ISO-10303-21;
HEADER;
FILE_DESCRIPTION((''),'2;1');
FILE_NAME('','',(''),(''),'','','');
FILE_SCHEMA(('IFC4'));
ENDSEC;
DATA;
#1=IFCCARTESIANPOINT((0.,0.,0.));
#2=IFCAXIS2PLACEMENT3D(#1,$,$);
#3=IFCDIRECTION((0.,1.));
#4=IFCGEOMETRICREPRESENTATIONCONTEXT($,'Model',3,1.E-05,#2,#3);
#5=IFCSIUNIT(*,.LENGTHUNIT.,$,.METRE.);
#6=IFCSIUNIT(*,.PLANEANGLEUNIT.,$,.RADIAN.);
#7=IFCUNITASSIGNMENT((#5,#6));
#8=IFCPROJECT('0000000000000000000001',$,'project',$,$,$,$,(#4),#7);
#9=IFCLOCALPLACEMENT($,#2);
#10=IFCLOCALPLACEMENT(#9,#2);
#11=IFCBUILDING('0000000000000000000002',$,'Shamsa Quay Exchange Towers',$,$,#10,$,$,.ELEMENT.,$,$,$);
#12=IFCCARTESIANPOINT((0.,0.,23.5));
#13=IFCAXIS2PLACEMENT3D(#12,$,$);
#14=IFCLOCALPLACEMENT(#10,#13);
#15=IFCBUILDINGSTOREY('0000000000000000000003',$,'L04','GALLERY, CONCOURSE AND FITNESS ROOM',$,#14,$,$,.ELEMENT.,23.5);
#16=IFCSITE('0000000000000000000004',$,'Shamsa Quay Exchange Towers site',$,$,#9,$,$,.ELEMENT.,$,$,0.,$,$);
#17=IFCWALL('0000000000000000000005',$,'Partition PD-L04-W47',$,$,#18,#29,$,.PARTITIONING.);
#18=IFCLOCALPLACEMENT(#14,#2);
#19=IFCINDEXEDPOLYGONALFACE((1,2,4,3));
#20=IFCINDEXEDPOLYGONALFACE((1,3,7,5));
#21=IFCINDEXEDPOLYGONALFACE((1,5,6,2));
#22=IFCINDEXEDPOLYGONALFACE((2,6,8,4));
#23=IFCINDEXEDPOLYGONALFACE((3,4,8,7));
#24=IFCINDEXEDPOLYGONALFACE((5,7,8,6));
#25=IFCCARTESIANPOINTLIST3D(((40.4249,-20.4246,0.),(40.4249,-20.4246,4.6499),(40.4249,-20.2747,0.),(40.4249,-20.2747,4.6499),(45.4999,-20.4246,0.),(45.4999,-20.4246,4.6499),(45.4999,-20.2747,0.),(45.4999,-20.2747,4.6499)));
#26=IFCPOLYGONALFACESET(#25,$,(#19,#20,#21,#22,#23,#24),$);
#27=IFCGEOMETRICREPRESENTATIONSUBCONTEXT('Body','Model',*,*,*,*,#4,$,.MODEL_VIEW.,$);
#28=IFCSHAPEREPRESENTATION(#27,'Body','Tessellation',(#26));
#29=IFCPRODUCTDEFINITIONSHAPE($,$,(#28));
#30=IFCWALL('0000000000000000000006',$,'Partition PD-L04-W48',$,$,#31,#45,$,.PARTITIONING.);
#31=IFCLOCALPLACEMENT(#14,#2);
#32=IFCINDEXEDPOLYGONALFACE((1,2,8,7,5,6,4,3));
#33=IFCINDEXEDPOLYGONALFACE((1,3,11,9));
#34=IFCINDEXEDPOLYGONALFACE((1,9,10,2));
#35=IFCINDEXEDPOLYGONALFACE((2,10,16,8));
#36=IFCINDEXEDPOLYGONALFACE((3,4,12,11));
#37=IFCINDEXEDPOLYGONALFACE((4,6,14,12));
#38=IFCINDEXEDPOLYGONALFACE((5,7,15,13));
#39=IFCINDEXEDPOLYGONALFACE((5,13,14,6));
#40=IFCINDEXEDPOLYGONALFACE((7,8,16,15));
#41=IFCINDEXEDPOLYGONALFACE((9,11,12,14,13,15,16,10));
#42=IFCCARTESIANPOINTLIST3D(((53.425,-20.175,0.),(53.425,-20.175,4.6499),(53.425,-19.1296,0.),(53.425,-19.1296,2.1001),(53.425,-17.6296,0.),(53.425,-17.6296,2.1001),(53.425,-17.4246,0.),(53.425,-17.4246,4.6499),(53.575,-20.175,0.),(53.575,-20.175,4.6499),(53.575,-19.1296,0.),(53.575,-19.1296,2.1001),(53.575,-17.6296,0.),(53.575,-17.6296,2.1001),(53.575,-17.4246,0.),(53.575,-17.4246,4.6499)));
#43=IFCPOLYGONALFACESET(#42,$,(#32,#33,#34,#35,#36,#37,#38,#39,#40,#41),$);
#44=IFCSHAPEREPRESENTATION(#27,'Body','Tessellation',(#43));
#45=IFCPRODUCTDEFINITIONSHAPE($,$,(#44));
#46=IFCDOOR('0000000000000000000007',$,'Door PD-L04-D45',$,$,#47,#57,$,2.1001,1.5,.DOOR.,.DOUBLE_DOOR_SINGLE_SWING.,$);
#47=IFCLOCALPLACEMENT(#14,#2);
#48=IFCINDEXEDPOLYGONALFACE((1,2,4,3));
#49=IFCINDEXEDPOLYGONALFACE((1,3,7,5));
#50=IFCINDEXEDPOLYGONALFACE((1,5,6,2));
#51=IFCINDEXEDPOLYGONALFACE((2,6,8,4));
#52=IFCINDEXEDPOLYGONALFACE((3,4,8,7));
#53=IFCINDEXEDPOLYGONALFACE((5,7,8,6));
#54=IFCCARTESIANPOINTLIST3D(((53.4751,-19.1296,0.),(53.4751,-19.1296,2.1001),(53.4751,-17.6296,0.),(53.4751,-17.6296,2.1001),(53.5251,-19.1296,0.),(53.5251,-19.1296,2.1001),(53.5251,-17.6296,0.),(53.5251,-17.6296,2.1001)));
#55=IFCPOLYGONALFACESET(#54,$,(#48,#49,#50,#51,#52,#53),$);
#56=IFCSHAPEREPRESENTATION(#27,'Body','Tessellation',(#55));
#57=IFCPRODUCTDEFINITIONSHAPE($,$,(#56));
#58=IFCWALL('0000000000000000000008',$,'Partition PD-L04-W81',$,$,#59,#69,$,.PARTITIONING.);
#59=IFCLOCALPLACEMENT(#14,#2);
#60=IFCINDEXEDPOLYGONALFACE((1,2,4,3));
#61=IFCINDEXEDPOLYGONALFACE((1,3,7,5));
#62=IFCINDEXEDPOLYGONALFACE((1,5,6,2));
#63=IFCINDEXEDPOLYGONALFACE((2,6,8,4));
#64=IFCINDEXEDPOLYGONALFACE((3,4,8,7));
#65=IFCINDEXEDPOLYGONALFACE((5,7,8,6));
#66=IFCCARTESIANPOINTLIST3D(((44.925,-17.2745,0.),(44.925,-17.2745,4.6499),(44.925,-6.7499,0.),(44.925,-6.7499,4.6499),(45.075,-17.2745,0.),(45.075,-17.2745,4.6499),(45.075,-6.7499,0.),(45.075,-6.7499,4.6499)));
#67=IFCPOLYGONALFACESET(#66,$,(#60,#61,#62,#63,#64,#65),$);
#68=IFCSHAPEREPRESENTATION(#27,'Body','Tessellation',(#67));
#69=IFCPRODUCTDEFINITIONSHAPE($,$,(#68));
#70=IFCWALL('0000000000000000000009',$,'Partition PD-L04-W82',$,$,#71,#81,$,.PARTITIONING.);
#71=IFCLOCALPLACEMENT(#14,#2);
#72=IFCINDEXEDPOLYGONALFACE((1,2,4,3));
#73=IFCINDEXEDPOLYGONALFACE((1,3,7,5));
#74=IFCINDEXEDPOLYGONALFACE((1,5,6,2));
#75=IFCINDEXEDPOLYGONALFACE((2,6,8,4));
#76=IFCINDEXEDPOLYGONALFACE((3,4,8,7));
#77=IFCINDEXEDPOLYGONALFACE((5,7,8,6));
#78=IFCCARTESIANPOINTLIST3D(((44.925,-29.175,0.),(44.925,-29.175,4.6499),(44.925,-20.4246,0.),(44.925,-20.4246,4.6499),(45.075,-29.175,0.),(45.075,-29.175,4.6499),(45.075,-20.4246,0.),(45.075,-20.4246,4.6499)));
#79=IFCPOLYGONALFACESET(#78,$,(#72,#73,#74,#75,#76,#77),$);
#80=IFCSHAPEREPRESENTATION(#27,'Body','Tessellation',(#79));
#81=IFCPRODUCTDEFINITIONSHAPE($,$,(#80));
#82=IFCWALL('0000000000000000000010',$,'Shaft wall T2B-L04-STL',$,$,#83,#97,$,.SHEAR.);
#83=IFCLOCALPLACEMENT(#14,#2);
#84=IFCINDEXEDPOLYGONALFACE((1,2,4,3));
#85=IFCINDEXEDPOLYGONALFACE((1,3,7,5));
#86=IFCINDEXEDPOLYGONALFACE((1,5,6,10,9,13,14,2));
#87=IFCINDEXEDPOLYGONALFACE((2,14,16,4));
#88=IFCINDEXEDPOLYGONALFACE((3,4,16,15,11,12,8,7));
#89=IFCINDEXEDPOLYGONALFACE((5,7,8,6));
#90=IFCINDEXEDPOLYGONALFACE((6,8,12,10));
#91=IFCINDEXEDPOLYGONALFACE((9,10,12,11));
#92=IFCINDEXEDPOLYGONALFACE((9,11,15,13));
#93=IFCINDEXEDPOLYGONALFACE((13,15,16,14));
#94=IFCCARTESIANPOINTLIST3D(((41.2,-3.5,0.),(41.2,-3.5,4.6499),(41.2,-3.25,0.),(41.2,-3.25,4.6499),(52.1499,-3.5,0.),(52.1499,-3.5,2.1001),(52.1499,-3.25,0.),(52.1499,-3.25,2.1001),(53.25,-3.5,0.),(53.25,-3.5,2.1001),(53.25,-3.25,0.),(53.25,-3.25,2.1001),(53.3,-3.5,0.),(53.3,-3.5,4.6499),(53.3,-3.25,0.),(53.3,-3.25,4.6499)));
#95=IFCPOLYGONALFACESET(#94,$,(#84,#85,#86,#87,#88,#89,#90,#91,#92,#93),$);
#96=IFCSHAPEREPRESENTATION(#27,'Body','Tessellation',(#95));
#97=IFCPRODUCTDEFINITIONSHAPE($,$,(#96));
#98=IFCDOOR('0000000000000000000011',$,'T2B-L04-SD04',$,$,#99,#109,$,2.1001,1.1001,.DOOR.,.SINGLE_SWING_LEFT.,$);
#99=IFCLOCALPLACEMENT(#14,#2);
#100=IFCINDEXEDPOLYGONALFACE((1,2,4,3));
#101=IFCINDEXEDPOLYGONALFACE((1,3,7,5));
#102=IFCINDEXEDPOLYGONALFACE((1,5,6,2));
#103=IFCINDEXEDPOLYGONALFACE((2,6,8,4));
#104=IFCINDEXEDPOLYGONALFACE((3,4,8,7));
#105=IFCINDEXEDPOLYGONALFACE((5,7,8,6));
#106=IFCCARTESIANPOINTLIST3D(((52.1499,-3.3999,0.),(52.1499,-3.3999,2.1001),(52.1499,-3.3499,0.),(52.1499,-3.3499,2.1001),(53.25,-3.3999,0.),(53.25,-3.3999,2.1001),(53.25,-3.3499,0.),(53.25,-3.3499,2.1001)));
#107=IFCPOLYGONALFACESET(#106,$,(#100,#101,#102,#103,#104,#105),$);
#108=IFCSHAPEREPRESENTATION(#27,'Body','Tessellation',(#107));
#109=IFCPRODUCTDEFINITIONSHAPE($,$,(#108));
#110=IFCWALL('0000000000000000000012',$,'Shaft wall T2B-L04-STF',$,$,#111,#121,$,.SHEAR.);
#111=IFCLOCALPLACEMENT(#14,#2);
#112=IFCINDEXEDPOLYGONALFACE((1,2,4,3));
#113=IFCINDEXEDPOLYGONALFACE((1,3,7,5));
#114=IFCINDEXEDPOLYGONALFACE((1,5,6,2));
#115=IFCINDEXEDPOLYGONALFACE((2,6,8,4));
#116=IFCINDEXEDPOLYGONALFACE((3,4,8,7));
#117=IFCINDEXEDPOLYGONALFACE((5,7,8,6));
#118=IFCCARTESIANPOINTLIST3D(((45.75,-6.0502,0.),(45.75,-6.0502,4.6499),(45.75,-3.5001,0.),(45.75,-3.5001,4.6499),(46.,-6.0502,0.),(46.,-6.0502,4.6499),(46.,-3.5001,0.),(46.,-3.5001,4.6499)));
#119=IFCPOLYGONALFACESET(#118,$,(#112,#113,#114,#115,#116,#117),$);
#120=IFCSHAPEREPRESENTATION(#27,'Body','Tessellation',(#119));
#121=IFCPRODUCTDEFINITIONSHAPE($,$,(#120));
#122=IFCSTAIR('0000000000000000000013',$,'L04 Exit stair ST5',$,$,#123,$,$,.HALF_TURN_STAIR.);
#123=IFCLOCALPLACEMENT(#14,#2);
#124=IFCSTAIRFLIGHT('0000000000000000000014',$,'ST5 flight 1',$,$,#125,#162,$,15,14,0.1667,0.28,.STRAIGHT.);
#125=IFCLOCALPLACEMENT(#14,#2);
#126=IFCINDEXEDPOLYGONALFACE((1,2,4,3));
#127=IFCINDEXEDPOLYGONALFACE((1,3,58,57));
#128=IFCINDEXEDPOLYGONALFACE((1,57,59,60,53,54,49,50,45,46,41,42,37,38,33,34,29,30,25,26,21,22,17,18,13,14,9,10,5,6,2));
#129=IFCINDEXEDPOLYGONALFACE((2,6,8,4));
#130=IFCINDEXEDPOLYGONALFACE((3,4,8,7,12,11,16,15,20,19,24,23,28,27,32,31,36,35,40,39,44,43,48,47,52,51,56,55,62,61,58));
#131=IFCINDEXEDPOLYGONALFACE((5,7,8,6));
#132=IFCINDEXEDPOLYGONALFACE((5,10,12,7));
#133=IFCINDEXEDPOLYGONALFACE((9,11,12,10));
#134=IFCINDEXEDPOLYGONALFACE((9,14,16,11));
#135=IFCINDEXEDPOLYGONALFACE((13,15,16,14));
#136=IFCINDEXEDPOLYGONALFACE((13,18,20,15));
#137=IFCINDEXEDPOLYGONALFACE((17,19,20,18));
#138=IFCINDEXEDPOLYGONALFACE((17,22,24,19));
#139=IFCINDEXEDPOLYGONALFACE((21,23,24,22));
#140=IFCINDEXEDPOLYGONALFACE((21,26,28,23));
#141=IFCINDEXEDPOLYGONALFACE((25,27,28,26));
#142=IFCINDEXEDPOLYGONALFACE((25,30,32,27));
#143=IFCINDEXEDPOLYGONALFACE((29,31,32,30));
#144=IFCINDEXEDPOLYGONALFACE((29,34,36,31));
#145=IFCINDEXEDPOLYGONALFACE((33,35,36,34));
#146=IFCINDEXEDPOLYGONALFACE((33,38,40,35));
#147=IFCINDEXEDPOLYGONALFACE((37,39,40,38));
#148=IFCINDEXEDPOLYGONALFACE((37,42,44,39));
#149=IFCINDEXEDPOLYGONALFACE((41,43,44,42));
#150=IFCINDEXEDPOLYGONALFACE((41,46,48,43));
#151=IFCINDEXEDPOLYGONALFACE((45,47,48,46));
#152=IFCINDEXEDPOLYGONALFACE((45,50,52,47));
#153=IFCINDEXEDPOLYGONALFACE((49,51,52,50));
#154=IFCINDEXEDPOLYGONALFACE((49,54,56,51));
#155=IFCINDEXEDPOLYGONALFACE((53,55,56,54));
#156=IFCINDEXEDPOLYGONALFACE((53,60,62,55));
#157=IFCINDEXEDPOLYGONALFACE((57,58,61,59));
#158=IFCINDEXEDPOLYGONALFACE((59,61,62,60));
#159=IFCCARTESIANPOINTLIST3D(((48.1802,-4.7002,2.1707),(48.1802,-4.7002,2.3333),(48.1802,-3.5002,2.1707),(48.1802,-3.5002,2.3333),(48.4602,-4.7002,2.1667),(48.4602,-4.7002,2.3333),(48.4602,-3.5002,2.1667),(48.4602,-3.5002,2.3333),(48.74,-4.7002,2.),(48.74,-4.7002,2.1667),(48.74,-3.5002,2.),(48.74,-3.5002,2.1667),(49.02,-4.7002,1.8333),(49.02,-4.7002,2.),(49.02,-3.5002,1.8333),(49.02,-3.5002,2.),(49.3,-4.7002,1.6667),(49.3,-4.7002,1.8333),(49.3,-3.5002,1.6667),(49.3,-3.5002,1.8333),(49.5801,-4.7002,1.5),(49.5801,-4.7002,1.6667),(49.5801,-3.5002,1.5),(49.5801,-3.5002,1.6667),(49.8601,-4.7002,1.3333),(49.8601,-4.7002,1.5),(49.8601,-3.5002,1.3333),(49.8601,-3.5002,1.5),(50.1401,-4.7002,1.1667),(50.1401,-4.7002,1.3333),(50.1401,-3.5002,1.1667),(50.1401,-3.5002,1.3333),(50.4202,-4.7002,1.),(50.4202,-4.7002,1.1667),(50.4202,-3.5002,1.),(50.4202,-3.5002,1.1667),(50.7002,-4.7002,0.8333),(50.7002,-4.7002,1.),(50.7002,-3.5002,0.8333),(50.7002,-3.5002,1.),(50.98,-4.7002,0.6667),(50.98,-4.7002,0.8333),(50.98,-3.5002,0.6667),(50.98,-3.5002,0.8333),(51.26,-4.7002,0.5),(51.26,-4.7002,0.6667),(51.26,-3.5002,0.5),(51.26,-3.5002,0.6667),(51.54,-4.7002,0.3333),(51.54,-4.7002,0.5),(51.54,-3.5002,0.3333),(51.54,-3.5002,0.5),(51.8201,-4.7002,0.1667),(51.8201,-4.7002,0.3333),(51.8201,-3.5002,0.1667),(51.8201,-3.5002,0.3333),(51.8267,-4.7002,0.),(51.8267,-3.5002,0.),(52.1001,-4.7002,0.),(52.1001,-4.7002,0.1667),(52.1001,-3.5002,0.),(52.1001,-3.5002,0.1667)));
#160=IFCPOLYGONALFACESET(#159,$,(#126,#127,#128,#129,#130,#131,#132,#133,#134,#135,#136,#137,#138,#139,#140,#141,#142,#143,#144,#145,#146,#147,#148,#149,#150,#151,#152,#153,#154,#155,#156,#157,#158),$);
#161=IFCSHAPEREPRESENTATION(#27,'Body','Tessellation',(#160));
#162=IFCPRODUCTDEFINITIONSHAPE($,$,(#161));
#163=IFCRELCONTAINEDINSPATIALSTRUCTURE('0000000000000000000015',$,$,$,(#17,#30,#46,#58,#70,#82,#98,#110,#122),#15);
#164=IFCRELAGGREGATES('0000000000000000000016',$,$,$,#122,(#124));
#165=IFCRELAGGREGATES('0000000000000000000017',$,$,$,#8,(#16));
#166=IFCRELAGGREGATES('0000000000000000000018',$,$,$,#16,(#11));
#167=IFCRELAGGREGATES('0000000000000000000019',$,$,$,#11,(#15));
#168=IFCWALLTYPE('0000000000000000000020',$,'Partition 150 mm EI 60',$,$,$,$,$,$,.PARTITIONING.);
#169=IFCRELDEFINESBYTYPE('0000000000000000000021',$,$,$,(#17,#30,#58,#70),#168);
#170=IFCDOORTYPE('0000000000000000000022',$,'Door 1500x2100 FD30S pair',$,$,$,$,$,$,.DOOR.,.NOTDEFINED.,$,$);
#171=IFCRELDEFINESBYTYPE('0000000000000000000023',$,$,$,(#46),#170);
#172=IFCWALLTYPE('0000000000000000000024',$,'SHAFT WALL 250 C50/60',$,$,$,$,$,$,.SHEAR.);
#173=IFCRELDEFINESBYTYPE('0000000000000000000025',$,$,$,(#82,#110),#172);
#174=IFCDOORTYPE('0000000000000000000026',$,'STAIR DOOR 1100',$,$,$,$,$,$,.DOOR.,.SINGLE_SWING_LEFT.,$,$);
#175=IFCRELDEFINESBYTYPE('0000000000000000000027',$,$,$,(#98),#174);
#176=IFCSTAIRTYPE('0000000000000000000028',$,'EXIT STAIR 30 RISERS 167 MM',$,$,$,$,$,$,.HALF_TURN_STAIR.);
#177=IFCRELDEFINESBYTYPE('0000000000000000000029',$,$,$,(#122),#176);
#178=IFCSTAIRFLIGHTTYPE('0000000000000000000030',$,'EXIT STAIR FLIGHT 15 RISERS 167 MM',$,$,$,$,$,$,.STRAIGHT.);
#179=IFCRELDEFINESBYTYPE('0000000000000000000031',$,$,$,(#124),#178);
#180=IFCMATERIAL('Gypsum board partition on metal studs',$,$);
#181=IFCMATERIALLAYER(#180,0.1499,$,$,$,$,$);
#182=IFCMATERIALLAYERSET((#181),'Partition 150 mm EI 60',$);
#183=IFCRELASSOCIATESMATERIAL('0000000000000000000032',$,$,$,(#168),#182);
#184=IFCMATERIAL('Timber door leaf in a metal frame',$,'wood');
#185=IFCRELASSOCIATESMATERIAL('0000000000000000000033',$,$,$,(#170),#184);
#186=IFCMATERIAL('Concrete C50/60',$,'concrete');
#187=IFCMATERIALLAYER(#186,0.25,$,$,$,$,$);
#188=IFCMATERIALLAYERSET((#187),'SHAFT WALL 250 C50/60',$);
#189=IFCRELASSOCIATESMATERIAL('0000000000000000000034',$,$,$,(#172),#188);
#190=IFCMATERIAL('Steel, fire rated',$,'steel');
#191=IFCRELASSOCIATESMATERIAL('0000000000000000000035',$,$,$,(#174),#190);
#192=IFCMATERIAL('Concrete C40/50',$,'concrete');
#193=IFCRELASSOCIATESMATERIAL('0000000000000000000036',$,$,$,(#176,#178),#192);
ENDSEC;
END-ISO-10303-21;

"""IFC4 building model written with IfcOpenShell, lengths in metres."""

from ifc_helpers import new_model, si_unit, direction, frame, frame_2d, origin, place, context, subcontext, project, spatial, polyline, rectangle, outline, extrude, material, layer, layer_set, type_object, element, fill, aggregate, save


model = new_model("IFC4")

# Units and contexts
model_context = context("Model", 3, precision=1e-05, world=origin(), true_north=direction((0.0, 1.0)))
body_context = subcontext(model_context, "Body", "Model", "MODEL_VIEW")
ifc_project = project(units=[si_unit("LENGTHUNIT", "METRE"), si_unit("PLANEANGLEUNIT", "RADIAN")], contexts=[model_context])

# Site, building, storey
site_placement = place(None, origin())
site = spatial("IfcSite", under=ifc_project, at=site_placement, Name="Shamsa Quay Exchange Towers site", CompositionType="ELEMENT", RefElevation=0.0)
building_placement = place(site_placement, origin())
building = spatial("IfcBuilding", under=site, at=building_placement, Name="Shamsa Quay Exchange Towers", CompositionType="ELEMENT")
storey_placement = place(building_placement, frame((0.0, 0.0, 23.5)))
storey = spatial("IfcBuildingStorey", under=building, at=storey_placement, Name="L04", Description="GALLERY, CONCOURSE AND FITNESS ROOM", CompositionType="ELEMENT", Elevation=23.5)

# Shared definitions
ifc_material_1 = material(Name="Steel, fire rated", Category="steel")

# Shared definitions
ifc_material_2 = material(Name="Timber door leaf in a metal frame", Category="wood")

# Shared definitions
ifc_material_3 = material(Name="Gypsum board partition on metal studs")
ifc_layer_1 = layer(ifc_material_3, 0.1499)
ifc_layer_set_1 = layer_set([ifc_layer_1], Name="Partition 150 mm EI 60")
wall_type_1 = type_object("IfcWallType", Name="Partition 150 mm EI 60", PredefinedType="PARTITIONING", material=ifc_layer_set_1)
door_type_1 = type_object("IfcDoorType", Name="Door 1500x2100 FD30S pair", OperationType="NOTDEFINED", PredefinedType="DOOR", material=ifc_material_2)

# Wall
wall_1_placement = place(storey_placement, frame((45.5, -20.3496, 0.0), z_axis=(0.0, 0.0, 1.0), x_axis=(-1.0, 0.0, 0.0)))
element("IfcWall", 1, at=wall_1_placement, inside=storey, type_object=wall_type_1, Name="Partition PD-L04-W47", PredefinedType="PARTITIONING", context=body_context, shape_type="SweptSolid", body=[
    extrude(rectangle(XDim=5.075, YDim=0.1499, at=frame_2d((2.5376, 0.0))), origin(), (0.0, 0.0, 1.0), 4.6499),
])

# Wall, opening, door
wall_2_placement = place(storey_placement, frame((53.5, -20.175, 0.0), z_axis=(0.0, 0.0, 1.0), x_axis=(0.0, 1.0, 0.0)))
wall_2 = element("IfcWall", 2, at=wall_2_placement, inside=storey, type_object=wall_type_1, Name="Partition PD-L04-W48", PredefinedType="PARTITIONING", context=body_context, shape_type="SweptSolid", body=[
    extrude(rectangle(XDim=2.7505, YDim=0.1499, at=frame_2d((1.3752, 0.0))), origin(), (0.0, 0.0, 1.0), 4.6499),
])
opening_1_placement = place(wall_2_placement, frame((1.0454, 0.0, 0.0)))
opening_1 = element("IfcOpeningElement", 3, at=opening_1_placement, cuts=wall_2, PredefinedType="OPENING", context=body_context, shape_type="SweptSolid", body=[
    extrude(rectangle(XDim=1.5, YDim=2.1001, at=frame_2d((0.75, 1.05))), frame((0.0, 0.085, 0.0), z_axis=(0.0, -1.0, 0.0), x_axis=(1.0, 0.0, 0.0)), (0.0, 0.0, 1.0), 0.1699),
])
door_1_placement = place(opening_1_placement, origin())
door_1 = element("IfcDoor", 4, at=door_1_placement, inside=storey, type_object=door_type_1, Name="Door PD-L04-D45", OperationType="DOUBLE_DOOR_SINGLE_SWING", OverallHeight=2.1001, OverallWidth=1.5, PredefinedType="DOOR", context=body_context, shape_type="SweptSolid", body=[
    extrude(rectangle(XDim=1.5, YDim=2.1001, at=frame_2d((0.75, 1.05))), frame((0.0, 0.0249, 0.0), z_axis=(0.0, -1.0, 0.0), x_axis=(1.0, 0.0, 0.0)), (0.0, 0.0, 1.0), 0.05),
])
fill(opening_1, door_1)

# Walls
wall_3_placement = place(storey_placement, frame((45.0, -6.75, 0.0), z_axis=(0.0, 0.0, 1.0), x_axis=(0.0, -1.0, 0.0)))
element("IfcWall", 5, at=wall_3_placement, inside=storey, type_object=wall_type_1, Name="Partition PD-L04-W81", PredefinedType="PARTITIONING", context=body_context, shape_type="SweptSolid", body=[
    extrude(rectangle(XDim=10.5247, YDim=0.1499, at=frame_2d((5.2622, 0.0))), origin(), (0.0, 0.0, 1.0), 4.6499),
])
wall_4_placement = place(storey_placement, frame((45.0, -20.4246, 0.0), z_axis=(0.0, 0.0, 1.0), x_axis=(0.0, -1.0, 0.0)))
element("IfcWall", 6, at=wall_4_placement, inside=storey, type_object=wall_type_1, Name="Partition PD-L04-W82", PredefinedType="PARTITIONING", context=body_context, shape_type="SweptSolid", body=[
    extrude(rectangle(XDim=8.7505, YDim=0.1499, at=frame_2d((4.3752, 0.0))), origin(), (0.0, 0.0, 1.0), 4.6499),
])

# Wall, opening, door
ifc_material_4 = material(Name="Concrete C50/60", Category="concrete")
ifc_layer_2 = layer(ifc_material_4, 0.25)
ifc_layer_set_2 = layer_set([ifc_layer_2], Name="SHAFT WALL 250 C50/60")
wall_type_2 = type_object("IfcWallType", Name="SHAFT WALL 250 C50/60", PredefinedType="SHEAR", material=ifc_layer_set_2)
wall_5_placement = place(storey_placement, frame((53.3, -3.375, 0.0), z_axis=(0.0, 0.0, 1.0), x_axis=(-1.0, 0.0, 0.0)))
wall_5 = element("IfcWall", 7, at=wall_5_placement, inside=storey, type_object=wall_type_2, Name="Shaft wall T2B-L04-STL", PredefinedType="SHEAR", context=body_context, shape_type="SweptSolid", body=[
    extrude(rectangle(XDim=12.1001, YDim=0.25, at=frame_2d((6.05, 0.0))), origin(), (0.0, 0.0, 1.0), 4.6499),
])
opening_2_placement = place(wall_5_placement, frame((0.05, 0.0, 0.0)))
opening_2 = element("IfcOpeningElement", 8, at=opening_2_placement, cuts=wall_5, PredefinedType="OPENING", context=body_context, shape_type="SweptSolid", body=[
    extrude(rectangle(XDim=1.1001, YDim=2.1001, at=frame_2d((0.55, 1.05))), frame((0.0, 0.135, 0.0), z_axis=(0.0, -1.0, 0.0), x_axis=(1.0, 0.0, 0.0)), (0.0, 0.0, 1.0), 0.27),
])
door_type_2 = type_object("IfcDoorType", Name="STAIR DOOR 1100", OperationType="SINGLE_SWING_LEFT", PredefinedType="DOOR", material=ifc_material_1)
door_2_placement = place(opening_2_placement, origin())
door_2 = element("IfcDoor", 9, at=door_2_placement, inside=storey, type_object=door_type_2, Name="T2B-L04-SD04", OperationType="SINGLE_SWING_LEFT", OverallHeight=2.1001, OverallWidth=1.1001, PredefinedType="DOOR", context=body_context, shape_type="SweptSolid", body=[
    extrude(rectangle(XDim=1.1001, YDim=2.1001, at=frame_2d((0.55, 1.05))), frame((0.0, 0.0249, 0.0), z_axis=(0.0, -1.0, 0.0), x_axis=(1.0, 0.0, 0.0)), (0.0, 0.0, 1.0), 0.05),
])
fill(opening_2, door_2)

# Wall
wall_6_placement = place(storey_placement, frame((45.875, -6.05, 0.0), z_axis=(0.0, 0.0, 1.0), x_axis=(0.0, 1.0, 0.0)))
element("IfcWall", 10, at=wall_6_placement, inside=storey, type_object=wall_type_2, Name="Shaft wall T2B-L04-STF", PredefinedType="SHEAR", context=body_context, shape_type="SweptSolid", body=[
    extrude(rectangle(XDim=2.55, YDim=0.25, at=frame_2d((1.2749, 0.0))), origin(), (0.0, 0.0, 1.0), 4.6499),
])

# Stair, stair flight
ifc_material_5 = material(Name="Concrete C40/50", Category="concrete")
stair_type = type_object("IfcStairType", Name="EXIT STAIR 30 RISERS 167 MM", PredefinedType="HALF_TURN_STAIR", material=ifc_material_5)
stair_placement = place(storey_placement, origin())
stair = element("IfcStair", 11, at=stair_placement, inside=storey, type_object=stair_type, Name="L04 Exit stair ST5", PredefinedType="HALF_TURN_STAIR")
stair_flight_type = type_object("IfcStairFlightType", Name="EXIT STAIR FLIGHT 15 RISERS 167 MM", PredefinedType="STRAIGHT", material=ifc_material_5)
stair_flight_1_placement = place(storey_placement, frame((52.1001, -4.1001, 0.0), z_axis=(0.0, 0.0, 1.0), x_axis=(-1.0, 0.0, 0.0)))
stair_flight_1 = element("IfcStairFlight", 12, at=stair_flight_1_placement, type_object=stair_flight_type, Name="ST5 flight 1", NumberOfRisers=15, NumberOfTreads=14, PredefinedType="STRAIGHT", RiserHeight=0.1667, TreadLength=0.28, context=body_context, shape_type="SweptSolid", body=[
    extrude(outline(polyline([(0.0, 0.0), (0.0, 0.1667), (0.28, 0.1667), (0.28, 0.3333), (0.5601, 0.3333), (0.5601, 0.5), (0.8401, 0.5), (0.8401, 0.6667), (1.1201, 0.6667), (1.1201, 0.8333), (1.3999, 0.8333), (1.3999, 1.0), (1.6799, 1.0), (1.6799, 1.1667), (1.96, 1.1667), (1.96, 1.3333), (2.24, 1.3333), (2.24, 1.5), (2.52, 1.5), (2.52, 1.6667), (2.8, 1.6667), (2.8, 1.8333), (3.0801, 1.8333), (3.0801, 2.0), (3.3601, 2.0), (3.3601, 2.1667), (3.6399, 2.1667), (3.6399, 2.3333), (3.9199, 2.3333), (3.9199, 2.5), (3.9199, 2.1707), (0.2734, 0.0), (0.0, 0.0)])), frame((0.0, 0.6001, 0.0), z_axis=(0.0, -1.0, 0.0), x_axis=(1.0, 0.0, 0.0)), (0.0, 0.0, 1.0), 1.2),
])
aggregate(stair, [stair_flight_1])

save(model, "model.ifc")
